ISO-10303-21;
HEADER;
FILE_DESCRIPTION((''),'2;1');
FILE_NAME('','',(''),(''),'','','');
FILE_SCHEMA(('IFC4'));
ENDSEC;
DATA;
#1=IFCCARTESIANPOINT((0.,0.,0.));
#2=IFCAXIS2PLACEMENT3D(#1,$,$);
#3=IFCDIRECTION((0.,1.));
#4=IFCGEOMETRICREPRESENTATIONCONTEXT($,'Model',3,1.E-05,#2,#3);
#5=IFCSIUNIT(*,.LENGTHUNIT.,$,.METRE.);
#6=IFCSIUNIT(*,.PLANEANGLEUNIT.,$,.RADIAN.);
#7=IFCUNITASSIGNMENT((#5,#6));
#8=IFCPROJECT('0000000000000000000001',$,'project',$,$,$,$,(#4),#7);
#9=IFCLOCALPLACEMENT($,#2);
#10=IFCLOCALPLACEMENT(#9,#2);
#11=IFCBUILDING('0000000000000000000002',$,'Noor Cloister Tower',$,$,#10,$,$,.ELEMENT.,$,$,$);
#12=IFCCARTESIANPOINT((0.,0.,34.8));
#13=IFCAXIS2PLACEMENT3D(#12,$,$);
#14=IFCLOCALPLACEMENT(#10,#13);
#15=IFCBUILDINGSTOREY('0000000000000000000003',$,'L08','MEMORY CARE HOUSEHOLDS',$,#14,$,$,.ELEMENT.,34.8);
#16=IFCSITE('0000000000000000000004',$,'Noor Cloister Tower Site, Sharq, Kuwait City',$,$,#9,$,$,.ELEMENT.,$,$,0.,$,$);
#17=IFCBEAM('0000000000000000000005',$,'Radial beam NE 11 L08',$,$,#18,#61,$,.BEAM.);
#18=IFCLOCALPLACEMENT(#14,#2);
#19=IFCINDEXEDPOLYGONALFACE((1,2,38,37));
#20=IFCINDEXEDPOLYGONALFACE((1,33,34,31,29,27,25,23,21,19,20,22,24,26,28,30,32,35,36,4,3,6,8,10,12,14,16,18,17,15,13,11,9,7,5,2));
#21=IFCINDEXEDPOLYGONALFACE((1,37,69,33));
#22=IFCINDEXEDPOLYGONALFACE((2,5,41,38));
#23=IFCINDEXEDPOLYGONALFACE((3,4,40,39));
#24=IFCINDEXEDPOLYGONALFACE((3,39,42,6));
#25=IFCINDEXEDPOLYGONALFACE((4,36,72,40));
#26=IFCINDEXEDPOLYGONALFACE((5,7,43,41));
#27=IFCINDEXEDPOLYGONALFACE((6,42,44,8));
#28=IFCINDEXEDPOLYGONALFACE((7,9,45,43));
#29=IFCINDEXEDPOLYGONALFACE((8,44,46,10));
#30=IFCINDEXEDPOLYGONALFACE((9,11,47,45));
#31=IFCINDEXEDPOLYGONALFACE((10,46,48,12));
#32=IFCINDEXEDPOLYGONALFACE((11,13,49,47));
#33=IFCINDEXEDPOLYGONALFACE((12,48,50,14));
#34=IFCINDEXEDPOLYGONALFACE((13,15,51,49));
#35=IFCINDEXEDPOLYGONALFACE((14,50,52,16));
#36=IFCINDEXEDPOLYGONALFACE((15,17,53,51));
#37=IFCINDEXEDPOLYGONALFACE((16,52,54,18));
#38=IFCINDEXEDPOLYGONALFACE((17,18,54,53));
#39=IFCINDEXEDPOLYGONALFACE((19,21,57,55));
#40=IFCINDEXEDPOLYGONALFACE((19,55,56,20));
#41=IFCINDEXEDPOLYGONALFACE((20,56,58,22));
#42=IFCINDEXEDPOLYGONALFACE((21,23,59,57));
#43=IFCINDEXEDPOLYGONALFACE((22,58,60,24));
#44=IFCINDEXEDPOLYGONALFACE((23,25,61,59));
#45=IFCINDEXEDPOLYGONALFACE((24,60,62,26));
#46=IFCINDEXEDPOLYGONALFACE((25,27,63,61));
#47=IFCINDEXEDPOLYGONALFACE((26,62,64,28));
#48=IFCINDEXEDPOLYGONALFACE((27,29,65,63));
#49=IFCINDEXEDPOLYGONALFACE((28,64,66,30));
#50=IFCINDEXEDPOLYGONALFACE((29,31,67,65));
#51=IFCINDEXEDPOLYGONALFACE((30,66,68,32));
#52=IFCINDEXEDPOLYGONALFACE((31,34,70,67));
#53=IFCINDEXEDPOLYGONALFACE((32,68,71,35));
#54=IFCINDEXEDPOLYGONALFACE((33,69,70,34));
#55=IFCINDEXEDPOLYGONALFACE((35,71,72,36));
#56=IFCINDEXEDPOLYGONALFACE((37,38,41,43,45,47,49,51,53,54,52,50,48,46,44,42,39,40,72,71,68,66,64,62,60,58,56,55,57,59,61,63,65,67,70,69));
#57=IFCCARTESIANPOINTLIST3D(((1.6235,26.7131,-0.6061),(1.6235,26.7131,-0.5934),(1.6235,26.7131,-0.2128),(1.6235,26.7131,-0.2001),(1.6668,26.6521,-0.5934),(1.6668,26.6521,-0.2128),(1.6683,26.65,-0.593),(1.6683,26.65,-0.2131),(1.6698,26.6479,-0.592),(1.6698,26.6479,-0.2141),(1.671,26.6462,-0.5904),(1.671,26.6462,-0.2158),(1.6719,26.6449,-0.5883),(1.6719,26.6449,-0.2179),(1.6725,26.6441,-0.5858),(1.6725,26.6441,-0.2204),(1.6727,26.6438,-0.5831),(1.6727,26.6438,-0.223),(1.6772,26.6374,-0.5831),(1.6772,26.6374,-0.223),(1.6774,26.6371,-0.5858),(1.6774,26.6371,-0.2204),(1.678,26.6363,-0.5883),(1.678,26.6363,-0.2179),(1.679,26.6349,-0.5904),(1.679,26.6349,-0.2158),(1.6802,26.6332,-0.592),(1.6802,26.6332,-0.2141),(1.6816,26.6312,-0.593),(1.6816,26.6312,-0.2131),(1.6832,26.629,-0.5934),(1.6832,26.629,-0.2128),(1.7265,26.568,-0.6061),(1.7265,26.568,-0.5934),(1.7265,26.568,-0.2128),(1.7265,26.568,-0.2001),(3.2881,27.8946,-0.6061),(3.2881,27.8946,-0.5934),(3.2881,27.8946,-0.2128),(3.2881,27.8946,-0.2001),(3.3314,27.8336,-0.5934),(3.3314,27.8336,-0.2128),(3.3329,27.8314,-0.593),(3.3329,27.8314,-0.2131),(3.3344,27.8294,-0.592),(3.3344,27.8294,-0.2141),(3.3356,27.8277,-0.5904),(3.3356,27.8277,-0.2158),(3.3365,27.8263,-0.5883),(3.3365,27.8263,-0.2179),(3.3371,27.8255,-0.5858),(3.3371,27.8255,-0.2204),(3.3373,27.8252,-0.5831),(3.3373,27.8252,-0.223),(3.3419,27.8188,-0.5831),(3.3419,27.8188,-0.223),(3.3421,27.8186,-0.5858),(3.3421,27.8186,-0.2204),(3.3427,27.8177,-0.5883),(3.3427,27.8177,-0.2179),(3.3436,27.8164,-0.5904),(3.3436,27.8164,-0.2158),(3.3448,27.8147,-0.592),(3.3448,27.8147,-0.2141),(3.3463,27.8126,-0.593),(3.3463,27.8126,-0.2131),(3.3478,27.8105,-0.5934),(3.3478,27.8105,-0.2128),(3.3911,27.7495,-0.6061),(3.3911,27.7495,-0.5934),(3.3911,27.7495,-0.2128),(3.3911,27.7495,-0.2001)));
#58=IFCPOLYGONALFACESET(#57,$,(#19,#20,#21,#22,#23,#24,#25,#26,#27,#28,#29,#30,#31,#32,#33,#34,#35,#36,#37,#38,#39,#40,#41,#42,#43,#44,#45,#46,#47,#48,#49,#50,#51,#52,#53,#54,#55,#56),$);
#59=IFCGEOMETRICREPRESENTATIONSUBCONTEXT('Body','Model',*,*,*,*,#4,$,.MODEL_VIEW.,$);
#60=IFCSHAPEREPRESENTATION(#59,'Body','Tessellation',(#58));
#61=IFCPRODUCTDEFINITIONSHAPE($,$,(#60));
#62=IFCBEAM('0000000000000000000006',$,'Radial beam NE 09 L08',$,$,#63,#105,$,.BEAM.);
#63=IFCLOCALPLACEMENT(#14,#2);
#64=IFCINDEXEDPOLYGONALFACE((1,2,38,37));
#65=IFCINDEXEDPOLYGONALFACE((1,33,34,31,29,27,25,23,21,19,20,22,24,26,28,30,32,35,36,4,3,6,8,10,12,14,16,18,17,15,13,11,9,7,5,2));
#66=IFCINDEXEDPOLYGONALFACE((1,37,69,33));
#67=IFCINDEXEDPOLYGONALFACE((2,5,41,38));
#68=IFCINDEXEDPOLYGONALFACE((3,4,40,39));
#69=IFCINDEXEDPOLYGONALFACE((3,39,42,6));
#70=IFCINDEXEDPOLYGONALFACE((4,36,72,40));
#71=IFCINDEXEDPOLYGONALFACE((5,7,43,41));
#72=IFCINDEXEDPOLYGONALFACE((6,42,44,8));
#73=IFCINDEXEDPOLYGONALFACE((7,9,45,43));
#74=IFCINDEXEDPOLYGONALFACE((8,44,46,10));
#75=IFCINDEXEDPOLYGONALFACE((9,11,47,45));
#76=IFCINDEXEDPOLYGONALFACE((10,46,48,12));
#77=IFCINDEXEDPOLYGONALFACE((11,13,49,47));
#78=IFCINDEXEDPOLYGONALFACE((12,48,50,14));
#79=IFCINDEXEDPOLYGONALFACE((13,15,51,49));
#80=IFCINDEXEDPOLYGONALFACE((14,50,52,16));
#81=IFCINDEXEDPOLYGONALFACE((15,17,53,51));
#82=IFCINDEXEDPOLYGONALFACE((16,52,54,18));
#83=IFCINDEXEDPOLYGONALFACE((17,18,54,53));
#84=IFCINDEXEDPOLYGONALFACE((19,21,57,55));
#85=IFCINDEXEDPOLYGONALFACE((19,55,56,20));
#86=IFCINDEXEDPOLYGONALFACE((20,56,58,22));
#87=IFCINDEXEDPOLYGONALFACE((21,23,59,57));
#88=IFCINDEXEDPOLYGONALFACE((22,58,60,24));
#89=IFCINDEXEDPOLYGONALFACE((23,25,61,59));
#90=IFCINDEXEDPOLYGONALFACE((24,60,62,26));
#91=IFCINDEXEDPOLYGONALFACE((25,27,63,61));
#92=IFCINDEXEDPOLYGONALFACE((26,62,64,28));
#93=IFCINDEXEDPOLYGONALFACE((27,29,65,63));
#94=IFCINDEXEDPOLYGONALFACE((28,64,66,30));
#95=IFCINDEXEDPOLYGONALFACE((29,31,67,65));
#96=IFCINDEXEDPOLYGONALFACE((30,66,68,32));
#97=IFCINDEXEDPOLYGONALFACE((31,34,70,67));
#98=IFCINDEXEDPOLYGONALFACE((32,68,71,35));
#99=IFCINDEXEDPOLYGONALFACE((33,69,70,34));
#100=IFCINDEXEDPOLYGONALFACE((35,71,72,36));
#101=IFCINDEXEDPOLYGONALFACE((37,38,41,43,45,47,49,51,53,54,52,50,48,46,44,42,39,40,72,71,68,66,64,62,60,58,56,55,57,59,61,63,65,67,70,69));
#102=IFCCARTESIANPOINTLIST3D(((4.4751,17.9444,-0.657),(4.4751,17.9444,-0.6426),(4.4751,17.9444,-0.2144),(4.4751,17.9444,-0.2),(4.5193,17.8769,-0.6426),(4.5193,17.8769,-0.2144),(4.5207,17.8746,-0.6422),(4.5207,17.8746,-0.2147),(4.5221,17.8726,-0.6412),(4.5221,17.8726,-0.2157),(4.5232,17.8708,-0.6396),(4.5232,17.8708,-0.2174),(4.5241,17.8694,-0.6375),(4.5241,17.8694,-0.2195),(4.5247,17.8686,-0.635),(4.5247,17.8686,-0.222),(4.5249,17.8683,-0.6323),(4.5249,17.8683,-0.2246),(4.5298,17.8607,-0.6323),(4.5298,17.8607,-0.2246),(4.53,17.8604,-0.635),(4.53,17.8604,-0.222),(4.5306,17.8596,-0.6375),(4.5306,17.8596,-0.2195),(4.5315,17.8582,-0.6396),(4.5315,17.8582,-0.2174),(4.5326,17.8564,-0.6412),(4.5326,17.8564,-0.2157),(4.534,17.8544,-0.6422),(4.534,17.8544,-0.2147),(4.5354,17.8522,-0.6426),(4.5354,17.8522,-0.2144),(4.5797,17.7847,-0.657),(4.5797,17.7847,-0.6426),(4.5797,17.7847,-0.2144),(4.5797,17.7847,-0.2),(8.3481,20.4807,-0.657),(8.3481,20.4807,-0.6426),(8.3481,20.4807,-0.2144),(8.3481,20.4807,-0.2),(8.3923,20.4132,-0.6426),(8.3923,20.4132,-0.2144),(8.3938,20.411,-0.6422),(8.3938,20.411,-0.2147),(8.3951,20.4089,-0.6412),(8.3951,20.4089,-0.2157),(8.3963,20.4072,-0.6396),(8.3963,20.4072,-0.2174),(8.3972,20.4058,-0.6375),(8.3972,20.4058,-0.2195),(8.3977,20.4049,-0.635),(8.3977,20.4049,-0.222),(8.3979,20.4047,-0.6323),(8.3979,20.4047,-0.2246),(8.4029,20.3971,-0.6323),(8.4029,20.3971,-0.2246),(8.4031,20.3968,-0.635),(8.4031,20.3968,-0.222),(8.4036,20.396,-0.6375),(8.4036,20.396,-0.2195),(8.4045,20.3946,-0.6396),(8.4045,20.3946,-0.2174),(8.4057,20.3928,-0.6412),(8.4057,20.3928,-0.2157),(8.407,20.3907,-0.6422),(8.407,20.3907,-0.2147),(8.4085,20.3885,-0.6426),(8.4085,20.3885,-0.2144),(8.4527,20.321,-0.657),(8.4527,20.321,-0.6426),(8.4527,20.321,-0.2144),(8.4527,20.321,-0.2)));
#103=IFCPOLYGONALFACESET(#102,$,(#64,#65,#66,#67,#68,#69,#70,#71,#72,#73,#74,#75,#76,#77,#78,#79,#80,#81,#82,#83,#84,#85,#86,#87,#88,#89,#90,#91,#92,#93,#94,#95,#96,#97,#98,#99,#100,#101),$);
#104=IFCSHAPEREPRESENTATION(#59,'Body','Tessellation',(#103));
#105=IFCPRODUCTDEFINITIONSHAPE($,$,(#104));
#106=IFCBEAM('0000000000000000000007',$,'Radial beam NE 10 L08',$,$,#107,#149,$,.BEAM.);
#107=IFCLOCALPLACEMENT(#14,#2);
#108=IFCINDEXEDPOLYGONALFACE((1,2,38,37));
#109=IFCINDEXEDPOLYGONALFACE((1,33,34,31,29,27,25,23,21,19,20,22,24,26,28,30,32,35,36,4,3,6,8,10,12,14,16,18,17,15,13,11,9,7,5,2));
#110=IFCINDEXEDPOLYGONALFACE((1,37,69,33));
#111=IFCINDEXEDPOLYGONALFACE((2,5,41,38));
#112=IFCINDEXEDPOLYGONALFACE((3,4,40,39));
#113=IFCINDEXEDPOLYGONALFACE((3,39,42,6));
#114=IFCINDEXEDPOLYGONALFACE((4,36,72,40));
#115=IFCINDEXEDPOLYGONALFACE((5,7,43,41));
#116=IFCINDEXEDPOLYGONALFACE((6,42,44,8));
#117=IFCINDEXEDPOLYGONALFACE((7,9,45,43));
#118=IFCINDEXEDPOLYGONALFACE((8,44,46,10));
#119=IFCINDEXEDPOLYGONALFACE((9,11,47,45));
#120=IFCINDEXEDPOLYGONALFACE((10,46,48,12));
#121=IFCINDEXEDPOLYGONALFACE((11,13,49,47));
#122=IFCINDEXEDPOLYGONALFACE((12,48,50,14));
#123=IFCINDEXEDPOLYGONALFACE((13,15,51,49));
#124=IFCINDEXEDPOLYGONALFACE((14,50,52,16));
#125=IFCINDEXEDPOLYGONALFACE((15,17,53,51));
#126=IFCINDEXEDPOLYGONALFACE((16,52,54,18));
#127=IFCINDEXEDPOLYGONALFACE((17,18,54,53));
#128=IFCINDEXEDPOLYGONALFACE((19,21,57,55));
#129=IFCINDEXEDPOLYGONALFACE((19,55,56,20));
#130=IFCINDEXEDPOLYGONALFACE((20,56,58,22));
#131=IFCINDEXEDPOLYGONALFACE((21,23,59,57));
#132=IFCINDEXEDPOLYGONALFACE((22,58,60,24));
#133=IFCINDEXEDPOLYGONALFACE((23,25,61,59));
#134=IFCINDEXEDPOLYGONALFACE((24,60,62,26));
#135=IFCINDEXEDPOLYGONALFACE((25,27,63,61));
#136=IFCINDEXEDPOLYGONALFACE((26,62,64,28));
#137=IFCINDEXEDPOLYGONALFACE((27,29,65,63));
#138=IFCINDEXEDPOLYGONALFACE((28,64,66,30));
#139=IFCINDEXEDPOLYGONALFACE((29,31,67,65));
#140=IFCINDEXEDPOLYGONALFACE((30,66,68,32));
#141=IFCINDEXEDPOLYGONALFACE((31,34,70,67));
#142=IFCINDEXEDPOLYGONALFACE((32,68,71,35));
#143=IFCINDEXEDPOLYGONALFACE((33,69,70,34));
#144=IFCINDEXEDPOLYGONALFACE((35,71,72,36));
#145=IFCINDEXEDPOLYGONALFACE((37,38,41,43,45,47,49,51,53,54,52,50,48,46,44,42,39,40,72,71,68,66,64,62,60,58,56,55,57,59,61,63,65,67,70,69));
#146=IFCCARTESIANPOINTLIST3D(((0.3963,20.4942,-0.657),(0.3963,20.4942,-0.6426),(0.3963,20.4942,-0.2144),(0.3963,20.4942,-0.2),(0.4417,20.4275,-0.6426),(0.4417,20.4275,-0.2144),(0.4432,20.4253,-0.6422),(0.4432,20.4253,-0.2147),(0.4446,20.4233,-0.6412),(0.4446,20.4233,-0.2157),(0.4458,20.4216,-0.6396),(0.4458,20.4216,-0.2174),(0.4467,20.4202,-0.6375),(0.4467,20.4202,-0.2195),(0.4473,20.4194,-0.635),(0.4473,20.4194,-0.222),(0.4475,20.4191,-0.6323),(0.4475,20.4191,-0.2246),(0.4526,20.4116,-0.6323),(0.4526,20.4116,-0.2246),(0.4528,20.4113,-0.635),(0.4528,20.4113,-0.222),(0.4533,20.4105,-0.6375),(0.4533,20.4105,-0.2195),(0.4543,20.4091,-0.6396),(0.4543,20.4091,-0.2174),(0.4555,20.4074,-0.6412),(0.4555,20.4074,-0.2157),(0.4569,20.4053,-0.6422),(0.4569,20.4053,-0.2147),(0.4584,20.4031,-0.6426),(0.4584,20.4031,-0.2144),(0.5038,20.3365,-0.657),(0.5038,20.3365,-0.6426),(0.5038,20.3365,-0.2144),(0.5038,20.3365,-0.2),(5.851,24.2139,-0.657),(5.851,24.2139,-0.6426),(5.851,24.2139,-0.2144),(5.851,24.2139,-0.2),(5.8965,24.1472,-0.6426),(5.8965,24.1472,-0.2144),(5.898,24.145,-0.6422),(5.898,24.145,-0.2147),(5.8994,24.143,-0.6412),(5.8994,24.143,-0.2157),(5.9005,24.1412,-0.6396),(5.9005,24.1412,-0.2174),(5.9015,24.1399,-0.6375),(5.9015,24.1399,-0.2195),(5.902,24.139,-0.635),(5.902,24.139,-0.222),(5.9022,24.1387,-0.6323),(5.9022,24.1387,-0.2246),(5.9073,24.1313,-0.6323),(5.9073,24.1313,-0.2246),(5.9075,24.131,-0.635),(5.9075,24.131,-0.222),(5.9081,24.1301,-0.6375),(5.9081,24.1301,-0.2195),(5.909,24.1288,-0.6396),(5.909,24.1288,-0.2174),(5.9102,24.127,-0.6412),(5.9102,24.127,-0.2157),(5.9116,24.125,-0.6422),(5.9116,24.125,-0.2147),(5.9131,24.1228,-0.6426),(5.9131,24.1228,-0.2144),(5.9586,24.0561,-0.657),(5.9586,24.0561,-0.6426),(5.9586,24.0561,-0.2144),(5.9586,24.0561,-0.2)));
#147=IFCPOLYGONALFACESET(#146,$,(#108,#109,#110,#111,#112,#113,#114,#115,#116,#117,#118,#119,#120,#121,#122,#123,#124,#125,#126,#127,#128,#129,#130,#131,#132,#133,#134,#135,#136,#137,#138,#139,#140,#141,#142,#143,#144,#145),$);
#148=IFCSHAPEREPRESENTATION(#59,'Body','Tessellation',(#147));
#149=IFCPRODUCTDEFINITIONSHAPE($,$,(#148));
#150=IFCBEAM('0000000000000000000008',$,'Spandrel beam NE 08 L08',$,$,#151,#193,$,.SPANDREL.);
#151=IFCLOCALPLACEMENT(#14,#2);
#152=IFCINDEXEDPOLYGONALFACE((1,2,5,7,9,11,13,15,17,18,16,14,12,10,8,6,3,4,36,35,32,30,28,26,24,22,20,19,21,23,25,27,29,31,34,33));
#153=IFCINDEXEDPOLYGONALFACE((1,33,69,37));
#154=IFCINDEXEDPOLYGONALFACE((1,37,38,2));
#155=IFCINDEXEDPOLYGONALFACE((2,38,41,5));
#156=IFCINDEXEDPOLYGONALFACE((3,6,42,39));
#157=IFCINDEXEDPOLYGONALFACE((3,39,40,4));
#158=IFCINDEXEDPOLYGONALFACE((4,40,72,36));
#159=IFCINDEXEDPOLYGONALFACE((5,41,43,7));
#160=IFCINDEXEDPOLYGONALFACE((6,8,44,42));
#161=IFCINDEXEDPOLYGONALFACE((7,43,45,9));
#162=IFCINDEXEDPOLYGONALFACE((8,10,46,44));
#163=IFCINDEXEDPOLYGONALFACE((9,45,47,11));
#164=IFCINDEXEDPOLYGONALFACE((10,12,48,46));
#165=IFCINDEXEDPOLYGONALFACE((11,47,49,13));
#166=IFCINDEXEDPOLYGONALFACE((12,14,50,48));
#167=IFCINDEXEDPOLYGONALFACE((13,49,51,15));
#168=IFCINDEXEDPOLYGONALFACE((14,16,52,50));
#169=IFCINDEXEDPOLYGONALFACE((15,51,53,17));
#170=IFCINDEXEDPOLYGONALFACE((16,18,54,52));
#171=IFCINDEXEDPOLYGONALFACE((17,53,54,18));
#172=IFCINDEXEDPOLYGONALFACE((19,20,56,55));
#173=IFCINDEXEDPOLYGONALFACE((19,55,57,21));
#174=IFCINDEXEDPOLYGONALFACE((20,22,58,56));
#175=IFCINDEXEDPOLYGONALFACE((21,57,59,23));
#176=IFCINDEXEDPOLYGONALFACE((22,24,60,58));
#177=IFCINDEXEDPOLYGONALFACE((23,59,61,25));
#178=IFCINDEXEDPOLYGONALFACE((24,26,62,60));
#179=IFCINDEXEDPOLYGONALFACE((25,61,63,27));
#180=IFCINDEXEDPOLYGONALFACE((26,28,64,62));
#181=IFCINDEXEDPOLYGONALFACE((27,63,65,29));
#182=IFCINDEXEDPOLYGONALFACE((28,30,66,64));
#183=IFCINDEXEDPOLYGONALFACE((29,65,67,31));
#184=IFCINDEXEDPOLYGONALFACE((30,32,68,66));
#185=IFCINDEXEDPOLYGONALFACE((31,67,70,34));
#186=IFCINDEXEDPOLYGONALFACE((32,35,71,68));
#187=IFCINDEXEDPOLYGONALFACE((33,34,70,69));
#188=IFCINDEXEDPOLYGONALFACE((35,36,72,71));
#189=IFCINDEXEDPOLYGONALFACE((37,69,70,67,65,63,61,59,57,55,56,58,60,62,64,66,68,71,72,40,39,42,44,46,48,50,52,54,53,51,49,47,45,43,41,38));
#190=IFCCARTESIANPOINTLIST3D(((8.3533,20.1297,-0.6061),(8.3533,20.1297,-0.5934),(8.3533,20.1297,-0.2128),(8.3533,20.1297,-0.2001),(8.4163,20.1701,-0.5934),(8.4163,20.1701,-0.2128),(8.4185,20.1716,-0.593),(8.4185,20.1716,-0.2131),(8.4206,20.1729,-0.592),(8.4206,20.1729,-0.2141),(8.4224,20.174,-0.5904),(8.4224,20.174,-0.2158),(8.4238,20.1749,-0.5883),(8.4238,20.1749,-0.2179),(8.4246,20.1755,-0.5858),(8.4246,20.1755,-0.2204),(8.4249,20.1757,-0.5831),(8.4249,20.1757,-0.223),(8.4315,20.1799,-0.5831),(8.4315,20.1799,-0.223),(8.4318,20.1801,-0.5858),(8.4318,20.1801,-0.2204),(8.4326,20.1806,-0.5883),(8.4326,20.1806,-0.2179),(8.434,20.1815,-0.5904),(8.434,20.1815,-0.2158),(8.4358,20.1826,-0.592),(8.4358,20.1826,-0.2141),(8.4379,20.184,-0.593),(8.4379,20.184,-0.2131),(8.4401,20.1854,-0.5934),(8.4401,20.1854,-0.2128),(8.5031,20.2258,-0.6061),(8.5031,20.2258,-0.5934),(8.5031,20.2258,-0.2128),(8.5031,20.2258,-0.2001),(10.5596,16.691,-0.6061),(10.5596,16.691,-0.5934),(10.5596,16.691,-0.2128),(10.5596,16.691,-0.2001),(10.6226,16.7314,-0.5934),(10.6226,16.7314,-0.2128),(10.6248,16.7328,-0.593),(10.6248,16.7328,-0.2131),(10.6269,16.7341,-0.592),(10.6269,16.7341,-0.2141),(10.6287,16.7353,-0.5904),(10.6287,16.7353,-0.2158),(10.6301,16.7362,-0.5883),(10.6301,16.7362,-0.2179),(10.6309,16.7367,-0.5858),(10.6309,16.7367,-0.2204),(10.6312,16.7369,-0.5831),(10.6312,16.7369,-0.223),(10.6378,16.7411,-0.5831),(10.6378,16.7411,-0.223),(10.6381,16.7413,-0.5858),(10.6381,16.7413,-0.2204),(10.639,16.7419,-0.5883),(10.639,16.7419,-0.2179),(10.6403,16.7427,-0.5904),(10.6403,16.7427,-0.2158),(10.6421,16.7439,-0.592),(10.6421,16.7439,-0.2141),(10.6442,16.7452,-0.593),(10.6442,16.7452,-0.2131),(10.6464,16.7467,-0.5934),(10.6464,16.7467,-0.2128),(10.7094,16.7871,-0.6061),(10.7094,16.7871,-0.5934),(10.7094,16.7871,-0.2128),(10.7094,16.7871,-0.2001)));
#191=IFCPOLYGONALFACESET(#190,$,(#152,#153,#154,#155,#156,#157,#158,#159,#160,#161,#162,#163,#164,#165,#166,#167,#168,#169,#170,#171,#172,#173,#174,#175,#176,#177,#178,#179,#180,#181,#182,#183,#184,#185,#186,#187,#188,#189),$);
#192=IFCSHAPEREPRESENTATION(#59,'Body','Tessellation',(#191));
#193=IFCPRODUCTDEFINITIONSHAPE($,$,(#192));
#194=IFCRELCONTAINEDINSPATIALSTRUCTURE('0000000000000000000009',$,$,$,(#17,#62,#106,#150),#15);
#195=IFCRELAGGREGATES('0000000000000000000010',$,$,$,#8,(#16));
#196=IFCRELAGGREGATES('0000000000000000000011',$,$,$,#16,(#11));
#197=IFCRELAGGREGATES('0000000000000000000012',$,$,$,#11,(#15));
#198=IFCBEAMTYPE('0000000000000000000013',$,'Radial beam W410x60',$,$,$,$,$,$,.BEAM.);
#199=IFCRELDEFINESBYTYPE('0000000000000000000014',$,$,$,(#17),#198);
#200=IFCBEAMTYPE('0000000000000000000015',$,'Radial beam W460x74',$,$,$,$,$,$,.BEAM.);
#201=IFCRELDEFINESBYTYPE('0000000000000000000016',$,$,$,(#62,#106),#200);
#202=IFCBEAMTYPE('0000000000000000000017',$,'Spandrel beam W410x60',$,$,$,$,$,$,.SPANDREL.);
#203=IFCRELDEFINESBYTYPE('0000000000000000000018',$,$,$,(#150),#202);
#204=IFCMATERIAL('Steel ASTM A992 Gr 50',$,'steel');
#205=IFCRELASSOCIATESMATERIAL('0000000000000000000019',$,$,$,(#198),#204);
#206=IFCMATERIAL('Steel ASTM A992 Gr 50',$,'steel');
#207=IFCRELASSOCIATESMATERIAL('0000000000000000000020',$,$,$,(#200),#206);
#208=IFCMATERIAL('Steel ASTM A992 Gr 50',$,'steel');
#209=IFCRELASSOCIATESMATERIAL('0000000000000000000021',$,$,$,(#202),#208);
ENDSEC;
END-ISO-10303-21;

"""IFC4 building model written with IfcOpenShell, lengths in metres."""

from ifc_helpers import new_model, si_unit, direction, frame, origin, origin_2d, place, context, subcontext, project, spatial, i_section, extrude, material, material_profile, profile_set, type_object, element, save


model = new_model("IFC4")

# Units and contexts
model_context = context("Model", 3, precision=1e-05, world=origin(), true_north=direction((0.0, 1.0)))
body_context = subcontext(model_context, "Body", "Model", "MODEL_VIEW")
ifc_project = project(units=[si_unit("LENGTHUNIT", "METRE"), si_unit("PLANEANGLEUNIT", "RADIAN")], contexts=[model_context])

# Site, building, storey
site_placement = place(None, origin())
site = spatial("IfcSite", under=ifc_project, at=site_placement, Name="Noor Cloister Tower Site, Sharq, Kuwait City", CompositionType="ELEMENT", RefElevation=0.0)
building_placement = place(site_placement, origin())
building = spatial("IfcBuilding", under=site, at=building_placement, Name="Noor Cloister Tower", CompositionType="ELEMENT")
storey_placement = place(building_placement, frame((0.0, 0.0, 34.8)))
storey = spatial("IfcBuildingStorey", under=building, at=storey_placement, Name="L08", Description="MEMORY CARE HOUSEHOLDS", CompositionType="ELEMENT", Elevation=34.8)

# Beams
ifc_material_1 = material(Name="Steel ASTM A992 Gr 50", Category="steel")
ifc_material_profile_1 = material_profile(ifc_material_1, i_section(OverallWidth=0.178, OverallDepth=0.406, WebThickness=0.0078, FlangeThickness=0.0127, FilletRadius=0.0103, at=origin_2d()), Name="W410x60")
ifc_profile_set_1 = profile_set([ifc_material_profile_1], Name="Steel ASTM A992 Gr 50")
beam_type_1 = type_object("IfcBeamType", Name="Radial beam W410x60", PredefinedType="BEAM", material=ifc_profile_set_1)
beam_1_placement = place(storey_placement, frame((3.3396, 27.822, -0.4031), z_axis=(-0.815483, -0.57878, 0.0), x_axis=(0.57878, -0.815483, 0.0)))
element("IfcBeam", 1, at=beam_1_placement, inside=storey, type_object=beam_type_1, Name="Radial beam NE 11 L08", PredefinedType="BEAM", context=body_context, shape_type="SweptSolid", body=[
    extrude(i_section(OverallWidth=0.178, OverallDepth=0.406, WebThickness=0.0078, FlangeThickness=0.0127, FilletRadius=0.0103, at=origin_2d()), origin(), (0.0, 0.0, 1.0), 2.0413),
])
ifc_material_2 = material(Name="Steel ASTM A992 Gr 50", Category="steel")
ifc_material_profile_2 = material_profile(ifc_material_2, i_section(OverallWidth=0.1909, OverallDepth=0.457, WebThickness=0.009, FlangeThickness=0.0144, FilletRadius=0.0103, at=origin_2d()), Name="W460x74")
ifc_profile_set_2 = profile_set([ifc_material_profile_2], Name="Steel ASTM A992 Gr 50")
beam_type_2 = type_object("IfcBeamType", Name="Radial beam W460x74", PredefinedType="BEAM", material=ifc_profile_set_2)
beam_2_placement = place(storey_placement, frame((8.4004, 20.4009, -0.4285), z_axis=(-0.836574, -0.547854, 0.0), x_axis=(0.547854, -0.836574, 0.0)))
element("IfcBeam", 2, at=beam_2_placement, inside=storey, type_object=beam_type_2, Name="Radial beam NE 09 L08", PredefinedType="BEAM", context=body_context, shape_type="SweptSolid", body=[
    extrude(i_section(OverallWidth=0.1909, OverallDepth=0.457, WebThickness=0.009, FlangeThickness=0.0144, FilletRadius=0.0103, at=origin_2d()), origin(), (0.0, 0.0, 1.0), 4.6296),
])
beam_3_placement = place(storey_placement, frame((5.9048, 24.135, -0.4285), z_axis=(-0.826191, -0.563391, 0.0), x_axis=(0.563391, -0.826191, 0.0)))
element("IfcBeam", 3, at=beam_3_placement, inside=storey, type_object=beam_type_2, Name="Radial beam NE 10 L08", PredefinedType="BEAM", context=body_context, shape_type="SweptSolid", body=[
    extrude(i_section(OverallWidth=0.1909, OverallDepth=0.457, WebThickness=0.009, FlangeThickness=0.0144, FilletRadius=0.0103, at=origin_2d()), origin(), (0.0, 0.0, 1.0), 6.6023),
])
ifc_material_3 = material(Name="Steel ASTM A992 Gr 50", Category="steel")
ifc_material_profile_3 = material_profile(ifc_material_3, i_section(OverallWidth=0.178, OverallDepth=0.406, WebThickness=0.0078, FlangeThickness=0.0127, FilletRadius=0.0103, at=origin_2d()), Name="W410x60")
ifc_profile_set_3 = profile_set([ifc_material_profile_3], Name="Steel ASTM A992 Gr 50")
beam_type_3 = type_object("IfcBeamType", Name="Spandrel beam W410x60", PredefinedType="SPANDREL", material=ifc_profile_set_3)
for number, where, z_axis, x_axis, name in (
    (4, (10.6345, 16.739, -0.4031), (-0.540011, 0.841658, 0.0), (-0.841658, -0.540011, 0.0), "Spandrel beam NE 08 L08"),
):
    element("IfcBeam", number, at=place(storey_placement, frame(where, z_axis=z_axis, x_axis=x_axis)), inside=storey, type_object=beam_type_3, Name=name, PredefinedType="SPANDREL", context=body_context, shape_type="SweptSolid", body=[
        extrude(i_section(OverallWidth=0.178, OverallDepth=0.406, WebThickness=0.0078, FlangeThickness=0.0127, FilletRadius=0.0103, at=origin_2d()), origin(), (0.0, 0.0, 1.0), 4.0857),
    ])

save(model, "model.ifc")
